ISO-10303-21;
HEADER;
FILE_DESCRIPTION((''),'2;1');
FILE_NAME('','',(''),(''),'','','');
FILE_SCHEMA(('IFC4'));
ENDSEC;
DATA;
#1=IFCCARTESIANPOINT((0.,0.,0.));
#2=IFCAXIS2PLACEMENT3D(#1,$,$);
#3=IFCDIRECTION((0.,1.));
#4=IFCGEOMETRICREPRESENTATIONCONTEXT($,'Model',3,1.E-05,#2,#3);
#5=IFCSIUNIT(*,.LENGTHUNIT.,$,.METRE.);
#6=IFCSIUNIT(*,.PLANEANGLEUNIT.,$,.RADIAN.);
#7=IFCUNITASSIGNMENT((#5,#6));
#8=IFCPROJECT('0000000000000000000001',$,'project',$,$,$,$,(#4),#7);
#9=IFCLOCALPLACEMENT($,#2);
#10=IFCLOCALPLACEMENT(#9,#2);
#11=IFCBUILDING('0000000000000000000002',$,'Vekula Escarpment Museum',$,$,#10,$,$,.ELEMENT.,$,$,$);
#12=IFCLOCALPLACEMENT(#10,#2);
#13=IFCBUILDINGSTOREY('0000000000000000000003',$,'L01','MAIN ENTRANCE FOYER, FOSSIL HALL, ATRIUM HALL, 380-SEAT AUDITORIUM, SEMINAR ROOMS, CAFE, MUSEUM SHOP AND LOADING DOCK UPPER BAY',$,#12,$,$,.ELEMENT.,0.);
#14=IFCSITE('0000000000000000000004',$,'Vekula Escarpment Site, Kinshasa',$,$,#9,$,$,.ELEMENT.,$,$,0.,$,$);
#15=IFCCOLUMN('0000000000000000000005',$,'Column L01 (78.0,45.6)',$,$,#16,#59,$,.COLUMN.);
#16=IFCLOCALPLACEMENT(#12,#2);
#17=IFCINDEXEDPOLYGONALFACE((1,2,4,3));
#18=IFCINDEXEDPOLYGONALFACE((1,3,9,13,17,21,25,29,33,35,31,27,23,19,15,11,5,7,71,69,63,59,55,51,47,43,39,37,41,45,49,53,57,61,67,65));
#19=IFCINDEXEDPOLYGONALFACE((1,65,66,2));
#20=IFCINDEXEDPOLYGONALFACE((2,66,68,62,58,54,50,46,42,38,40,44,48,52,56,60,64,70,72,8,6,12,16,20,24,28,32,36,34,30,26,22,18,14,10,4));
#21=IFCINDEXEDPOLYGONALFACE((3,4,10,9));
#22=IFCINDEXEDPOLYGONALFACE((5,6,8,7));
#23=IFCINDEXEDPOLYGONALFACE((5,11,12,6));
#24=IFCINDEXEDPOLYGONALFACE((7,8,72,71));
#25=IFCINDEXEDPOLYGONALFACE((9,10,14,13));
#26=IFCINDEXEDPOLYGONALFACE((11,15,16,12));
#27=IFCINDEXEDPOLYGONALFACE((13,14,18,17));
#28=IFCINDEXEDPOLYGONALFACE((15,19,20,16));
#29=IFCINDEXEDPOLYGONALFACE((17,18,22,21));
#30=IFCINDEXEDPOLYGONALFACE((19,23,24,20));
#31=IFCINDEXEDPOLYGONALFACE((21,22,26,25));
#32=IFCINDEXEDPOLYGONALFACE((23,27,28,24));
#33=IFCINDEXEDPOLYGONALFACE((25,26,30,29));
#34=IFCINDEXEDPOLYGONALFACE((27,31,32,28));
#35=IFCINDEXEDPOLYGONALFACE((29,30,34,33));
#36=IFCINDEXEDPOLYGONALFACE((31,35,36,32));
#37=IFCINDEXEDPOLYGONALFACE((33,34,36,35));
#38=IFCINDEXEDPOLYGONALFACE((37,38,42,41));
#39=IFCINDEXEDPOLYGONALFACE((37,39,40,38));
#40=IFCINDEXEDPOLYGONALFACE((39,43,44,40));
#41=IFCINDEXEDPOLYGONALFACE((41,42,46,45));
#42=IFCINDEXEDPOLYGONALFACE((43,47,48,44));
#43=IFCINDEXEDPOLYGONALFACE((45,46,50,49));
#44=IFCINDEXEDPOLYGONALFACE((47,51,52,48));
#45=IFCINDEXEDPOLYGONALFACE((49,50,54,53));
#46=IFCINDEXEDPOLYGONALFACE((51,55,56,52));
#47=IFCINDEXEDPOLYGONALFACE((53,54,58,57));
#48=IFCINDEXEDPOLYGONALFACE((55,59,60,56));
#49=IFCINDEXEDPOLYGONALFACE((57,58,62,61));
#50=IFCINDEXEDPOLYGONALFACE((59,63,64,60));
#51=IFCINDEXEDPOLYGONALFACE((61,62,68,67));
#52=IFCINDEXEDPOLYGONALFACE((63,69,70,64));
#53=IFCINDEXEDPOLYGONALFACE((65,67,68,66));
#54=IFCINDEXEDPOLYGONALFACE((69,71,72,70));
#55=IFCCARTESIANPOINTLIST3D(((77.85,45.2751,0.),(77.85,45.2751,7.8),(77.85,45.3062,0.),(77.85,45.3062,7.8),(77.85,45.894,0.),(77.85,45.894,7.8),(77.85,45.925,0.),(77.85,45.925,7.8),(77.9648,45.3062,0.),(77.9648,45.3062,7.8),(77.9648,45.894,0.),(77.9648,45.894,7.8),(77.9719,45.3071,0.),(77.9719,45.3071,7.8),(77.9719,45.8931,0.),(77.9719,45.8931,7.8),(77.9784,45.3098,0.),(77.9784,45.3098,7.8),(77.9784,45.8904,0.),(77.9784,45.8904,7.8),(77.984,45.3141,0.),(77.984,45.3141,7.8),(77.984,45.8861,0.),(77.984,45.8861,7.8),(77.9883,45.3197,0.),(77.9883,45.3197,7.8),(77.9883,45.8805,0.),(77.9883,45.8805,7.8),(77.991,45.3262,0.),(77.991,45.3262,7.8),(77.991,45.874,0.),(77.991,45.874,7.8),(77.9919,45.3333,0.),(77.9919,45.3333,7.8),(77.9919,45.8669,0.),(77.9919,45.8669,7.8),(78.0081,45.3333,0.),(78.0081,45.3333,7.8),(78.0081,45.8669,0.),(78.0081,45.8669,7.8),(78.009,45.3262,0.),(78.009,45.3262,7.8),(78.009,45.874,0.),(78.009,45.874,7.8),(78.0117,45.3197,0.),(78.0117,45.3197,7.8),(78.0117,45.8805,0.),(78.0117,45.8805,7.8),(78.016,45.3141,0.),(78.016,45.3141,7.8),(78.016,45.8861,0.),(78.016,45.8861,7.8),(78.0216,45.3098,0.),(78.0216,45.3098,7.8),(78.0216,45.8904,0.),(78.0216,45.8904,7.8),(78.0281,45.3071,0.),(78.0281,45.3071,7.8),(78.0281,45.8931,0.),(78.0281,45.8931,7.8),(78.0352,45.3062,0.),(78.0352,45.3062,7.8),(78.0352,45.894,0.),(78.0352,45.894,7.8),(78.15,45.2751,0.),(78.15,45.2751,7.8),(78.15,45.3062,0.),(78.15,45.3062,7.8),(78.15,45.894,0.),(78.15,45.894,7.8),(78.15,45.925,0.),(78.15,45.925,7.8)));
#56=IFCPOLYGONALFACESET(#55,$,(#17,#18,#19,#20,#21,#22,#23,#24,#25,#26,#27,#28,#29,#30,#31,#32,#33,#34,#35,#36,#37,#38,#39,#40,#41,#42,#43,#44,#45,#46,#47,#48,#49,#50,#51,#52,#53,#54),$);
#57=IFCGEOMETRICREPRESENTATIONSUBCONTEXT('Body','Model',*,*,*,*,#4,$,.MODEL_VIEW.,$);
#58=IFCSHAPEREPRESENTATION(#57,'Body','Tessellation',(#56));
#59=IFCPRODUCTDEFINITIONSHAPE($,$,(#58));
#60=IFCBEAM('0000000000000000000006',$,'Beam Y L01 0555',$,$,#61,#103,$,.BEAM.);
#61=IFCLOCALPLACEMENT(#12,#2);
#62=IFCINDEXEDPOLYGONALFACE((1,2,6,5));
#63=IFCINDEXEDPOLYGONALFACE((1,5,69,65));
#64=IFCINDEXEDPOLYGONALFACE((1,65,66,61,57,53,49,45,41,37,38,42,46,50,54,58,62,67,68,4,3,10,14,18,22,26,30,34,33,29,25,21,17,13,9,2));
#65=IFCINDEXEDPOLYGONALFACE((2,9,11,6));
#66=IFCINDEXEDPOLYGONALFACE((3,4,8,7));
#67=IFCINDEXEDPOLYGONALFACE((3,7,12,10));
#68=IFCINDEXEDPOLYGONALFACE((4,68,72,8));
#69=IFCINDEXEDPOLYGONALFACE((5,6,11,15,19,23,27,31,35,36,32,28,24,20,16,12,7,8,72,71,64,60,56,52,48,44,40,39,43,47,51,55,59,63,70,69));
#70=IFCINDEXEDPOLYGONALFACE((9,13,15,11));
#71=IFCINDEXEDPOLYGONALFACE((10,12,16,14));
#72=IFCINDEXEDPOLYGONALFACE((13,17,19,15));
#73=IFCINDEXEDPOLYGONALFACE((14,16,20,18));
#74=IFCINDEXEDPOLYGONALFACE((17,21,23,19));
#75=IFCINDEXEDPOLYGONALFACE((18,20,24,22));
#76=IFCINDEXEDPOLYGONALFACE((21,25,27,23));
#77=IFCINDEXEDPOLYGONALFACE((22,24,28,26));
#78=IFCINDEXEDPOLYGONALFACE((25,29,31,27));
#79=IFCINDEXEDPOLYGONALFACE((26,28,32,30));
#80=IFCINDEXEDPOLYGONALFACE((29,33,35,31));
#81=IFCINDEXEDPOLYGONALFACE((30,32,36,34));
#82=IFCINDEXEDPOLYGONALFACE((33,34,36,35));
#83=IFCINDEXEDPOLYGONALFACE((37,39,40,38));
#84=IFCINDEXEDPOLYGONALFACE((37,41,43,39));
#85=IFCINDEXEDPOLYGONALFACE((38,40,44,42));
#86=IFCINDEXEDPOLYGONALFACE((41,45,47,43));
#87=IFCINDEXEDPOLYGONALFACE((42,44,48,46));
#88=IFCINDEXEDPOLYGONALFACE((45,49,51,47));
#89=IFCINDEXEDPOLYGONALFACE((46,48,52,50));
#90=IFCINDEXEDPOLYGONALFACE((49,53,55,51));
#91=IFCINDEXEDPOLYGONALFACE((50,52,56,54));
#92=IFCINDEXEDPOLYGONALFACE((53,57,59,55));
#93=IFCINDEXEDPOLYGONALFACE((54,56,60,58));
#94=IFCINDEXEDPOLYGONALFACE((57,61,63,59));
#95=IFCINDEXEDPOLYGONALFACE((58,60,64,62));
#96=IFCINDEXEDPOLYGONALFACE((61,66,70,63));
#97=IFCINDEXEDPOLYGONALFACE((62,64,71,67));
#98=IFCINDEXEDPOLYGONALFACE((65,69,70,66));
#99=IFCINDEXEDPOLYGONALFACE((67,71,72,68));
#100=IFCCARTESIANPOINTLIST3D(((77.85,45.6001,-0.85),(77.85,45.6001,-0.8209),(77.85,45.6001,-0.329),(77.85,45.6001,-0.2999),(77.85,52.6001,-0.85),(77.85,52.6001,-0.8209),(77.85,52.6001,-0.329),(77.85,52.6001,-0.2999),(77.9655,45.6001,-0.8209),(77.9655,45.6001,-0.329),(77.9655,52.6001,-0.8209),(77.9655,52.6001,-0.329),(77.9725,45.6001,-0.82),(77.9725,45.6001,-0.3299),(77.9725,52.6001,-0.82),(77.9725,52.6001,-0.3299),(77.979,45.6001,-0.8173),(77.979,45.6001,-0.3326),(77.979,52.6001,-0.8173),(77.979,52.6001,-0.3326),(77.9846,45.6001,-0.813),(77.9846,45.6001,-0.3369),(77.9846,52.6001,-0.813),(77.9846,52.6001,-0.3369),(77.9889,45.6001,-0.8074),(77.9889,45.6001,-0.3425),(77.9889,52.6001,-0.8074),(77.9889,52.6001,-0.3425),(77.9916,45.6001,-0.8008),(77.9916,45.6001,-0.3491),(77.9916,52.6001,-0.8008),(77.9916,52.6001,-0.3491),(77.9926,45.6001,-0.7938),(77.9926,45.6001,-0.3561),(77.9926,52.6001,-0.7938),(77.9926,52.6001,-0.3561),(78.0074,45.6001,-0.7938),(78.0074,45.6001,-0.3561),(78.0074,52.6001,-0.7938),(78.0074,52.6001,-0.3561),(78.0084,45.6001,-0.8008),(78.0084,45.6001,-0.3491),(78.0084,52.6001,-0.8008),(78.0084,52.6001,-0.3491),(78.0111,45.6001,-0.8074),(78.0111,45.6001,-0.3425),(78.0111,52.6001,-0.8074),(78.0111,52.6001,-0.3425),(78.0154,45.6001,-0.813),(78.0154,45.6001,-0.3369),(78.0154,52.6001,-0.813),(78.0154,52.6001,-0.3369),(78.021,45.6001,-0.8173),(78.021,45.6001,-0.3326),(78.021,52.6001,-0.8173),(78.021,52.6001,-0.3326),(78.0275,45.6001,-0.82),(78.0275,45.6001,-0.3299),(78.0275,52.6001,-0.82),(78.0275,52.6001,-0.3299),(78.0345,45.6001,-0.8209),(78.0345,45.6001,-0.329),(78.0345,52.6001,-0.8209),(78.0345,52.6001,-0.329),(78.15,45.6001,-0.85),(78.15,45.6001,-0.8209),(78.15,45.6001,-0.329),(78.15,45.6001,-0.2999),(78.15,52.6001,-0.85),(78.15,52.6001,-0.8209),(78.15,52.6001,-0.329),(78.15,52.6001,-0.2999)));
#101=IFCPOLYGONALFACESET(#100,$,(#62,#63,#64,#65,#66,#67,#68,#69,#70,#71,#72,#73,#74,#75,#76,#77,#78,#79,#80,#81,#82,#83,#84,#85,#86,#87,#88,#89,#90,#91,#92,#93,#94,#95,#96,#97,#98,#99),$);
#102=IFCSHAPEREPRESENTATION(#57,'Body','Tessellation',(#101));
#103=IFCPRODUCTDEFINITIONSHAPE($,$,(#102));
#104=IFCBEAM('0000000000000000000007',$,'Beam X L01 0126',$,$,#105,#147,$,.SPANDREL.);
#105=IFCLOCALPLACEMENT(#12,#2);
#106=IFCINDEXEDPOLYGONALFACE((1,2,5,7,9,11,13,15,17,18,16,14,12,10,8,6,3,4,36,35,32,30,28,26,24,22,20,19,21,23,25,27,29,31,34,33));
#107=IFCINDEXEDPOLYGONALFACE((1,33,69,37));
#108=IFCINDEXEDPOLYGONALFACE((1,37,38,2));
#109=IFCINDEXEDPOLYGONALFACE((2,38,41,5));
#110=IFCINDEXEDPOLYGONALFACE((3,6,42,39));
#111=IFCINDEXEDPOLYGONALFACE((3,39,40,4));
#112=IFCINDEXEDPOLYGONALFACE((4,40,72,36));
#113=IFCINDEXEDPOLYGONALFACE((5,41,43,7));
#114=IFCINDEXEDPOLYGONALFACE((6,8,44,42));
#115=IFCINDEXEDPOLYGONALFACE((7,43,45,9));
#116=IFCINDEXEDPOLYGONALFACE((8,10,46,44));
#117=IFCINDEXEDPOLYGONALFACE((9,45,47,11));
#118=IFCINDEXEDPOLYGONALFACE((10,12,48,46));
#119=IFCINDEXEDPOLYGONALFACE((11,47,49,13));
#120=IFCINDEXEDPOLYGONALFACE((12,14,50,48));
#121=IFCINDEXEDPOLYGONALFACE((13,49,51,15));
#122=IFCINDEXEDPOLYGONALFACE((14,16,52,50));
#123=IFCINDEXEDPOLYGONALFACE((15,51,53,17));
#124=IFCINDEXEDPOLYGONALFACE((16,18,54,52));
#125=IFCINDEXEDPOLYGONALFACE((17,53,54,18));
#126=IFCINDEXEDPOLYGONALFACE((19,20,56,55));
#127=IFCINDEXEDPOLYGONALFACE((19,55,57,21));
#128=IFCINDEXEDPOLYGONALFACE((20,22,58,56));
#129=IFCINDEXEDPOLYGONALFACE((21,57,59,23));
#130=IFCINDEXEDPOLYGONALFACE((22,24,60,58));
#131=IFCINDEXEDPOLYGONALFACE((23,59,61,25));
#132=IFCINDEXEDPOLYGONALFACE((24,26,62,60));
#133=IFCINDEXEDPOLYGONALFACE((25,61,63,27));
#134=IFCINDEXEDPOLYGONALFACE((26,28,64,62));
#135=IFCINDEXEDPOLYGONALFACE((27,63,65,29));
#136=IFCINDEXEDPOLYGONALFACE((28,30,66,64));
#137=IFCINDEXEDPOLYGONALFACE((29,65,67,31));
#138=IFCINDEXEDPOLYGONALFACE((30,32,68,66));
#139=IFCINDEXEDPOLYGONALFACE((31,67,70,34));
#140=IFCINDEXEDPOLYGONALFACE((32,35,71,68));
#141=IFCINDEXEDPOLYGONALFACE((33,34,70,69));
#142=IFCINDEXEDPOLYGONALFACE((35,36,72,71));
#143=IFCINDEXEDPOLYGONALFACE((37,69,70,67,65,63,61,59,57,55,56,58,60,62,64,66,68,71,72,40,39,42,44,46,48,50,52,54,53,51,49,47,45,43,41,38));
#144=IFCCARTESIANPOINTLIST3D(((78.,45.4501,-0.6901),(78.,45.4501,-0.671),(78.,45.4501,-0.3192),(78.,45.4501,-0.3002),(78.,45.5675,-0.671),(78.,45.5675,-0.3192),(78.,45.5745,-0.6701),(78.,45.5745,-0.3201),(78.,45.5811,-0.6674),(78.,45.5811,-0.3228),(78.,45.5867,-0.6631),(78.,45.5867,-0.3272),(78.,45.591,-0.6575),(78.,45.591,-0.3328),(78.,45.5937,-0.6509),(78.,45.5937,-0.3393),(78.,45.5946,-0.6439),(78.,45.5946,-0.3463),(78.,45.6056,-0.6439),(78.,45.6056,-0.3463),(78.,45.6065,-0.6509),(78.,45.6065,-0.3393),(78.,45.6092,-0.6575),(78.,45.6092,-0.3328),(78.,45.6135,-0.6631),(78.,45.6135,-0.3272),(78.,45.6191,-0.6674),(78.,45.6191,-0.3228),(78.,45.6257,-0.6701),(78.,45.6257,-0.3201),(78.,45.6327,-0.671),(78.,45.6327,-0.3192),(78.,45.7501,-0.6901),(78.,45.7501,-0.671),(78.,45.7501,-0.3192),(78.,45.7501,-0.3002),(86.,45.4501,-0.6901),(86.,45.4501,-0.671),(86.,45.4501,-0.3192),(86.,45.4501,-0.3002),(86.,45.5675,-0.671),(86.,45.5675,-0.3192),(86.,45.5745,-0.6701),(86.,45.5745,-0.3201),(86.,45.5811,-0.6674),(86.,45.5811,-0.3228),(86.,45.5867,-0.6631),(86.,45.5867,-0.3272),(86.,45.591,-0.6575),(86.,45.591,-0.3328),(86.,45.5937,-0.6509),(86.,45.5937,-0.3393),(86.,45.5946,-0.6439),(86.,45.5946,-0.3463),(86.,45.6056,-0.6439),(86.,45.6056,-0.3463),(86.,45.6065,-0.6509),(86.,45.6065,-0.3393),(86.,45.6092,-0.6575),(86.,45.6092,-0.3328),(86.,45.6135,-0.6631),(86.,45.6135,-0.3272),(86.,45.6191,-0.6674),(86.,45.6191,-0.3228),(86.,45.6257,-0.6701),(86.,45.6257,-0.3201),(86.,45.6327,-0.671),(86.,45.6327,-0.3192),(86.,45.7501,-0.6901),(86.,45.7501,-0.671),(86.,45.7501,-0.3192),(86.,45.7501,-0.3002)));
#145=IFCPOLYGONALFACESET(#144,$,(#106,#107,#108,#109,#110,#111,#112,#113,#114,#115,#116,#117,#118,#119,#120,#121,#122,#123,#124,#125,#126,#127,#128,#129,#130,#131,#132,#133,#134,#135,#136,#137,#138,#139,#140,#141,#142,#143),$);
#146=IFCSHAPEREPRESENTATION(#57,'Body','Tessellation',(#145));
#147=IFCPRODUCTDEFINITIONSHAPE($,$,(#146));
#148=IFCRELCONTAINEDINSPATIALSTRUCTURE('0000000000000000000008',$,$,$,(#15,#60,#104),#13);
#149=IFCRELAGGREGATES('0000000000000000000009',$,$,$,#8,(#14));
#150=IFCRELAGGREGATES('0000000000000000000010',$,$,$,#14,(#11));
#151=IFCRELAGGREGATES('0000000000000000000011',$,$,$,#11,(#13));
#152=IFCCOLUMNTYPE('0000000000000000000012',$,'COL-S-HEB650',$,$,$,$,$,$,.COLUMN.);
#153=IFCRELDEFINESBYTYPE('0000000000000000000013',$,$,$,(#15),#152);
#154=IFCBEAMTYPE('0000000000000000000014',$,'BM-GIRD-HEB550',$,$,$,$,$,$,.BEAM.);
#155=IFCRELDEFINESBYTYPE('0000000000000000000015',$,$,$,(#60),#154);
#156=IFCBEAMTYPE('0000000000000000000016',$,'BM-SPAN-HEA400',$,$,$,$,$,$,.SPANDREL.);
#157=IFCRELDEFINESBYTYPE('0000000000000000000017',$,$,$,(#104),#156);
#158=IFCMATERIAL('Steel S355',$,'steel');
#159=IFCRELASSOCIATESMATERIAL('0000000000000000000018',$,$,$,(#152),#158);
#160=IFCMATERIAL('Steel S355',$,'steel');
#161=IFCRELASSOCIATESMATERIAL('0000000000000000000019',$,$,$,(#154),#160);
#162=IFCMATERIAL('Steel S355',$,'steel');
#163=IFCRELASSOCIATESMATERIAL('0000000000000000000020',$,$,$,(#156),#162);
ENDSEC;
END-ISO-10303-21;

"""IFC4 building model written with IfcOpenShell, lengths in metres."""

from ifc_helpers import new_model, si_unit, direction, frame, origin, origin_2d, place, context, subcontext, project, spatial, i_section, extrude, material, material_profile, profile_set, type_object, element, save


model = new_model("IFC4")

# Units and contexts
model_context = context("Model", 3, precision=1e-05, world=origin(), true_north=direction((0.0, 1.0)))
body_context = subcontext(model_context, "Body", "Model", "MODEL_VIEW")
ifc_project = project(units=[si_unit("LENGTHUNIT", "METRE"), si_unit("PLANEANGLEUNIT", "RADIAN")], contexts=[model_context])

# Site, building, storey
site_placement = place(None, origin())
site = spatial("IfcSite", under=ifc_project, at=site_placement, Name="Vekula Escarpment Site, Kinshasa", CompositionType="ELEMENT", RefElevation=0.0)
building_placement = place(site_placement, origin())
building = spatial("IfcBuilding", under=site, at=building_placement, Name="Vekula Escarpment Museum", CompositionType="ELEMENT")
storey_placement = place(building_placement, origin())
storey = spatial("IfcBuildingStorey", under=building, at=storey_placement, Name="L01", Description="MAIN ENTRANCE FOYER, FOSSIL HALL, ATRIUM HALL, 380-SEAT AUDITORIUM, SEMINAR ROOMS, CAFE, MUSEUM SHOP AND LOADING DOCK UPPER BAY", CompositionType="ELEMENT", Elevation=0.0)

# Column
ifc_material_1 = material(Name="Steel S355", Category="steel")
ifc_material_profile_1 = material_profile(ifc_material_1, i_section(OverallWidth=0.3, OverallDepth=0.6499, WebThickness=0.0161, FlangeThickness=0.031, FilletRadius=0.0271, at=origin_2d()), Name="HEB 650")
ifc_profile_set_1 = profile_set([ifc_material_profile_1], Name="Steel S355")
column_type = type_object("IfcColumnType", Name="COL-S-HEB650", PredefinedType="COLUMN", material=ifc_profile_set_1)
column_placement = place(storey_placement, frame((78.0, 45.6001, 0.0), z_axis=(0.0, 0.0, 1.0), x_axis=(1.0, 0.0, 0.0)))
element("IfcColumn", 1, at=column_placement, inside=storey, type_object=column_type, Name="Column L01 (78.0,45.6)", PredefinedType="COLUMN", context=body_context, shape_type="SweptSolid", body=[
    extrude(i_section(OverallWidth=0.3, OverallDepth=0.6499, WebThickness=0.0161, FlangeThickness=0.031, FilletRadius=0.0271, at=origin_2d()), origin(), (0.0, 0.0, 1.0), 7.8),
])

# Beams
ifc_material_2 = material(Name="Steel S355", Category="steel")
ifc_material_profile_2 = material_profile(ifc_material_2, i_section(OverallWidth=0.3, OverallDepth=0.55, WebThickness=0.0149, FlangeThickness=0.0291, FilletRadius=0.0271, at=origin_2d()), Name="HEB 550")
ifc_profile_set_2 = profile_set([ifc_material_profile_2], Name="Steel S355")
beam_type_1 = type_object("IfcBeamType", Name="BM-GIRD-HEB550", PredefinedType="BEAM", material=ifc_profile_set_2)
beam_1_placement = place(storey_placement, frame((78.0, 45.6001, -0.575), z_axis=(0.0, 1.0, 0.0), x_axis=(-1.0, 0.0, 0.0)))
element("IfcBeam", 2, at=beam_1_placement, inside=storey, type_object=beam_type_1, Name="Beam Y L01 0555", PredefinedType="BEAM", context=body_context, shape_type="SweptSolid", body=[
    extrude(i_section(OverallWidth=0.3, OverallDepth=0.55, WebThickness=0.0149, FlangeThickness=0.0291, FilletRadius=0.0271, at=origin_2d()), origin(), (0.0, 0.0, 1.0), 7.0),
])
ifc_material_3 = material(Name="Steel S355", Category="steel")
ifc_material_profile_3 = material_profile(ifc_material_3, i_section(OverallWidth=0.3, OverallDepth=0.3899, WebThickness=0.011, FlangeThickness=0.019, FilletRadius=0.0271, at=origin_2d()), Name="HEA 400")
ifc_profile_set_3 = profile_set([ifc_material_profile_3], Name="Steel S355")
beam_type_2 = type_object("IfcBeamType", Name="BM-SPAN-HEA400", PredefinedType="SPANDREL", material=ifc_profile_set_3)
beam_2_placement = place(storey_placement, frame((78.0, 45.6001, -0.4951), z_axis=(1.0, 0.0, 0.0), x_axis=(0.0, 1.0, 0.0)))
element("IfcBeam", 3, at=beam_2_placement, inside=storey, type_object=beam_type_2, Name="Beam X L01 0126", PredefinedType="SPANDREL", context=body_context, shape_type="SweptSolid", body=[
    extrude(i_section(OverallWidth=0.3, OverallDepth=0.3899, WebThickness=0.011, FlangeThickness=0.019, FilletRadius=0.0271, at=origin_2d()), origin(), (0.0, 0.0, 1.0), 8.0),
])

save(model, "model.ifc")
